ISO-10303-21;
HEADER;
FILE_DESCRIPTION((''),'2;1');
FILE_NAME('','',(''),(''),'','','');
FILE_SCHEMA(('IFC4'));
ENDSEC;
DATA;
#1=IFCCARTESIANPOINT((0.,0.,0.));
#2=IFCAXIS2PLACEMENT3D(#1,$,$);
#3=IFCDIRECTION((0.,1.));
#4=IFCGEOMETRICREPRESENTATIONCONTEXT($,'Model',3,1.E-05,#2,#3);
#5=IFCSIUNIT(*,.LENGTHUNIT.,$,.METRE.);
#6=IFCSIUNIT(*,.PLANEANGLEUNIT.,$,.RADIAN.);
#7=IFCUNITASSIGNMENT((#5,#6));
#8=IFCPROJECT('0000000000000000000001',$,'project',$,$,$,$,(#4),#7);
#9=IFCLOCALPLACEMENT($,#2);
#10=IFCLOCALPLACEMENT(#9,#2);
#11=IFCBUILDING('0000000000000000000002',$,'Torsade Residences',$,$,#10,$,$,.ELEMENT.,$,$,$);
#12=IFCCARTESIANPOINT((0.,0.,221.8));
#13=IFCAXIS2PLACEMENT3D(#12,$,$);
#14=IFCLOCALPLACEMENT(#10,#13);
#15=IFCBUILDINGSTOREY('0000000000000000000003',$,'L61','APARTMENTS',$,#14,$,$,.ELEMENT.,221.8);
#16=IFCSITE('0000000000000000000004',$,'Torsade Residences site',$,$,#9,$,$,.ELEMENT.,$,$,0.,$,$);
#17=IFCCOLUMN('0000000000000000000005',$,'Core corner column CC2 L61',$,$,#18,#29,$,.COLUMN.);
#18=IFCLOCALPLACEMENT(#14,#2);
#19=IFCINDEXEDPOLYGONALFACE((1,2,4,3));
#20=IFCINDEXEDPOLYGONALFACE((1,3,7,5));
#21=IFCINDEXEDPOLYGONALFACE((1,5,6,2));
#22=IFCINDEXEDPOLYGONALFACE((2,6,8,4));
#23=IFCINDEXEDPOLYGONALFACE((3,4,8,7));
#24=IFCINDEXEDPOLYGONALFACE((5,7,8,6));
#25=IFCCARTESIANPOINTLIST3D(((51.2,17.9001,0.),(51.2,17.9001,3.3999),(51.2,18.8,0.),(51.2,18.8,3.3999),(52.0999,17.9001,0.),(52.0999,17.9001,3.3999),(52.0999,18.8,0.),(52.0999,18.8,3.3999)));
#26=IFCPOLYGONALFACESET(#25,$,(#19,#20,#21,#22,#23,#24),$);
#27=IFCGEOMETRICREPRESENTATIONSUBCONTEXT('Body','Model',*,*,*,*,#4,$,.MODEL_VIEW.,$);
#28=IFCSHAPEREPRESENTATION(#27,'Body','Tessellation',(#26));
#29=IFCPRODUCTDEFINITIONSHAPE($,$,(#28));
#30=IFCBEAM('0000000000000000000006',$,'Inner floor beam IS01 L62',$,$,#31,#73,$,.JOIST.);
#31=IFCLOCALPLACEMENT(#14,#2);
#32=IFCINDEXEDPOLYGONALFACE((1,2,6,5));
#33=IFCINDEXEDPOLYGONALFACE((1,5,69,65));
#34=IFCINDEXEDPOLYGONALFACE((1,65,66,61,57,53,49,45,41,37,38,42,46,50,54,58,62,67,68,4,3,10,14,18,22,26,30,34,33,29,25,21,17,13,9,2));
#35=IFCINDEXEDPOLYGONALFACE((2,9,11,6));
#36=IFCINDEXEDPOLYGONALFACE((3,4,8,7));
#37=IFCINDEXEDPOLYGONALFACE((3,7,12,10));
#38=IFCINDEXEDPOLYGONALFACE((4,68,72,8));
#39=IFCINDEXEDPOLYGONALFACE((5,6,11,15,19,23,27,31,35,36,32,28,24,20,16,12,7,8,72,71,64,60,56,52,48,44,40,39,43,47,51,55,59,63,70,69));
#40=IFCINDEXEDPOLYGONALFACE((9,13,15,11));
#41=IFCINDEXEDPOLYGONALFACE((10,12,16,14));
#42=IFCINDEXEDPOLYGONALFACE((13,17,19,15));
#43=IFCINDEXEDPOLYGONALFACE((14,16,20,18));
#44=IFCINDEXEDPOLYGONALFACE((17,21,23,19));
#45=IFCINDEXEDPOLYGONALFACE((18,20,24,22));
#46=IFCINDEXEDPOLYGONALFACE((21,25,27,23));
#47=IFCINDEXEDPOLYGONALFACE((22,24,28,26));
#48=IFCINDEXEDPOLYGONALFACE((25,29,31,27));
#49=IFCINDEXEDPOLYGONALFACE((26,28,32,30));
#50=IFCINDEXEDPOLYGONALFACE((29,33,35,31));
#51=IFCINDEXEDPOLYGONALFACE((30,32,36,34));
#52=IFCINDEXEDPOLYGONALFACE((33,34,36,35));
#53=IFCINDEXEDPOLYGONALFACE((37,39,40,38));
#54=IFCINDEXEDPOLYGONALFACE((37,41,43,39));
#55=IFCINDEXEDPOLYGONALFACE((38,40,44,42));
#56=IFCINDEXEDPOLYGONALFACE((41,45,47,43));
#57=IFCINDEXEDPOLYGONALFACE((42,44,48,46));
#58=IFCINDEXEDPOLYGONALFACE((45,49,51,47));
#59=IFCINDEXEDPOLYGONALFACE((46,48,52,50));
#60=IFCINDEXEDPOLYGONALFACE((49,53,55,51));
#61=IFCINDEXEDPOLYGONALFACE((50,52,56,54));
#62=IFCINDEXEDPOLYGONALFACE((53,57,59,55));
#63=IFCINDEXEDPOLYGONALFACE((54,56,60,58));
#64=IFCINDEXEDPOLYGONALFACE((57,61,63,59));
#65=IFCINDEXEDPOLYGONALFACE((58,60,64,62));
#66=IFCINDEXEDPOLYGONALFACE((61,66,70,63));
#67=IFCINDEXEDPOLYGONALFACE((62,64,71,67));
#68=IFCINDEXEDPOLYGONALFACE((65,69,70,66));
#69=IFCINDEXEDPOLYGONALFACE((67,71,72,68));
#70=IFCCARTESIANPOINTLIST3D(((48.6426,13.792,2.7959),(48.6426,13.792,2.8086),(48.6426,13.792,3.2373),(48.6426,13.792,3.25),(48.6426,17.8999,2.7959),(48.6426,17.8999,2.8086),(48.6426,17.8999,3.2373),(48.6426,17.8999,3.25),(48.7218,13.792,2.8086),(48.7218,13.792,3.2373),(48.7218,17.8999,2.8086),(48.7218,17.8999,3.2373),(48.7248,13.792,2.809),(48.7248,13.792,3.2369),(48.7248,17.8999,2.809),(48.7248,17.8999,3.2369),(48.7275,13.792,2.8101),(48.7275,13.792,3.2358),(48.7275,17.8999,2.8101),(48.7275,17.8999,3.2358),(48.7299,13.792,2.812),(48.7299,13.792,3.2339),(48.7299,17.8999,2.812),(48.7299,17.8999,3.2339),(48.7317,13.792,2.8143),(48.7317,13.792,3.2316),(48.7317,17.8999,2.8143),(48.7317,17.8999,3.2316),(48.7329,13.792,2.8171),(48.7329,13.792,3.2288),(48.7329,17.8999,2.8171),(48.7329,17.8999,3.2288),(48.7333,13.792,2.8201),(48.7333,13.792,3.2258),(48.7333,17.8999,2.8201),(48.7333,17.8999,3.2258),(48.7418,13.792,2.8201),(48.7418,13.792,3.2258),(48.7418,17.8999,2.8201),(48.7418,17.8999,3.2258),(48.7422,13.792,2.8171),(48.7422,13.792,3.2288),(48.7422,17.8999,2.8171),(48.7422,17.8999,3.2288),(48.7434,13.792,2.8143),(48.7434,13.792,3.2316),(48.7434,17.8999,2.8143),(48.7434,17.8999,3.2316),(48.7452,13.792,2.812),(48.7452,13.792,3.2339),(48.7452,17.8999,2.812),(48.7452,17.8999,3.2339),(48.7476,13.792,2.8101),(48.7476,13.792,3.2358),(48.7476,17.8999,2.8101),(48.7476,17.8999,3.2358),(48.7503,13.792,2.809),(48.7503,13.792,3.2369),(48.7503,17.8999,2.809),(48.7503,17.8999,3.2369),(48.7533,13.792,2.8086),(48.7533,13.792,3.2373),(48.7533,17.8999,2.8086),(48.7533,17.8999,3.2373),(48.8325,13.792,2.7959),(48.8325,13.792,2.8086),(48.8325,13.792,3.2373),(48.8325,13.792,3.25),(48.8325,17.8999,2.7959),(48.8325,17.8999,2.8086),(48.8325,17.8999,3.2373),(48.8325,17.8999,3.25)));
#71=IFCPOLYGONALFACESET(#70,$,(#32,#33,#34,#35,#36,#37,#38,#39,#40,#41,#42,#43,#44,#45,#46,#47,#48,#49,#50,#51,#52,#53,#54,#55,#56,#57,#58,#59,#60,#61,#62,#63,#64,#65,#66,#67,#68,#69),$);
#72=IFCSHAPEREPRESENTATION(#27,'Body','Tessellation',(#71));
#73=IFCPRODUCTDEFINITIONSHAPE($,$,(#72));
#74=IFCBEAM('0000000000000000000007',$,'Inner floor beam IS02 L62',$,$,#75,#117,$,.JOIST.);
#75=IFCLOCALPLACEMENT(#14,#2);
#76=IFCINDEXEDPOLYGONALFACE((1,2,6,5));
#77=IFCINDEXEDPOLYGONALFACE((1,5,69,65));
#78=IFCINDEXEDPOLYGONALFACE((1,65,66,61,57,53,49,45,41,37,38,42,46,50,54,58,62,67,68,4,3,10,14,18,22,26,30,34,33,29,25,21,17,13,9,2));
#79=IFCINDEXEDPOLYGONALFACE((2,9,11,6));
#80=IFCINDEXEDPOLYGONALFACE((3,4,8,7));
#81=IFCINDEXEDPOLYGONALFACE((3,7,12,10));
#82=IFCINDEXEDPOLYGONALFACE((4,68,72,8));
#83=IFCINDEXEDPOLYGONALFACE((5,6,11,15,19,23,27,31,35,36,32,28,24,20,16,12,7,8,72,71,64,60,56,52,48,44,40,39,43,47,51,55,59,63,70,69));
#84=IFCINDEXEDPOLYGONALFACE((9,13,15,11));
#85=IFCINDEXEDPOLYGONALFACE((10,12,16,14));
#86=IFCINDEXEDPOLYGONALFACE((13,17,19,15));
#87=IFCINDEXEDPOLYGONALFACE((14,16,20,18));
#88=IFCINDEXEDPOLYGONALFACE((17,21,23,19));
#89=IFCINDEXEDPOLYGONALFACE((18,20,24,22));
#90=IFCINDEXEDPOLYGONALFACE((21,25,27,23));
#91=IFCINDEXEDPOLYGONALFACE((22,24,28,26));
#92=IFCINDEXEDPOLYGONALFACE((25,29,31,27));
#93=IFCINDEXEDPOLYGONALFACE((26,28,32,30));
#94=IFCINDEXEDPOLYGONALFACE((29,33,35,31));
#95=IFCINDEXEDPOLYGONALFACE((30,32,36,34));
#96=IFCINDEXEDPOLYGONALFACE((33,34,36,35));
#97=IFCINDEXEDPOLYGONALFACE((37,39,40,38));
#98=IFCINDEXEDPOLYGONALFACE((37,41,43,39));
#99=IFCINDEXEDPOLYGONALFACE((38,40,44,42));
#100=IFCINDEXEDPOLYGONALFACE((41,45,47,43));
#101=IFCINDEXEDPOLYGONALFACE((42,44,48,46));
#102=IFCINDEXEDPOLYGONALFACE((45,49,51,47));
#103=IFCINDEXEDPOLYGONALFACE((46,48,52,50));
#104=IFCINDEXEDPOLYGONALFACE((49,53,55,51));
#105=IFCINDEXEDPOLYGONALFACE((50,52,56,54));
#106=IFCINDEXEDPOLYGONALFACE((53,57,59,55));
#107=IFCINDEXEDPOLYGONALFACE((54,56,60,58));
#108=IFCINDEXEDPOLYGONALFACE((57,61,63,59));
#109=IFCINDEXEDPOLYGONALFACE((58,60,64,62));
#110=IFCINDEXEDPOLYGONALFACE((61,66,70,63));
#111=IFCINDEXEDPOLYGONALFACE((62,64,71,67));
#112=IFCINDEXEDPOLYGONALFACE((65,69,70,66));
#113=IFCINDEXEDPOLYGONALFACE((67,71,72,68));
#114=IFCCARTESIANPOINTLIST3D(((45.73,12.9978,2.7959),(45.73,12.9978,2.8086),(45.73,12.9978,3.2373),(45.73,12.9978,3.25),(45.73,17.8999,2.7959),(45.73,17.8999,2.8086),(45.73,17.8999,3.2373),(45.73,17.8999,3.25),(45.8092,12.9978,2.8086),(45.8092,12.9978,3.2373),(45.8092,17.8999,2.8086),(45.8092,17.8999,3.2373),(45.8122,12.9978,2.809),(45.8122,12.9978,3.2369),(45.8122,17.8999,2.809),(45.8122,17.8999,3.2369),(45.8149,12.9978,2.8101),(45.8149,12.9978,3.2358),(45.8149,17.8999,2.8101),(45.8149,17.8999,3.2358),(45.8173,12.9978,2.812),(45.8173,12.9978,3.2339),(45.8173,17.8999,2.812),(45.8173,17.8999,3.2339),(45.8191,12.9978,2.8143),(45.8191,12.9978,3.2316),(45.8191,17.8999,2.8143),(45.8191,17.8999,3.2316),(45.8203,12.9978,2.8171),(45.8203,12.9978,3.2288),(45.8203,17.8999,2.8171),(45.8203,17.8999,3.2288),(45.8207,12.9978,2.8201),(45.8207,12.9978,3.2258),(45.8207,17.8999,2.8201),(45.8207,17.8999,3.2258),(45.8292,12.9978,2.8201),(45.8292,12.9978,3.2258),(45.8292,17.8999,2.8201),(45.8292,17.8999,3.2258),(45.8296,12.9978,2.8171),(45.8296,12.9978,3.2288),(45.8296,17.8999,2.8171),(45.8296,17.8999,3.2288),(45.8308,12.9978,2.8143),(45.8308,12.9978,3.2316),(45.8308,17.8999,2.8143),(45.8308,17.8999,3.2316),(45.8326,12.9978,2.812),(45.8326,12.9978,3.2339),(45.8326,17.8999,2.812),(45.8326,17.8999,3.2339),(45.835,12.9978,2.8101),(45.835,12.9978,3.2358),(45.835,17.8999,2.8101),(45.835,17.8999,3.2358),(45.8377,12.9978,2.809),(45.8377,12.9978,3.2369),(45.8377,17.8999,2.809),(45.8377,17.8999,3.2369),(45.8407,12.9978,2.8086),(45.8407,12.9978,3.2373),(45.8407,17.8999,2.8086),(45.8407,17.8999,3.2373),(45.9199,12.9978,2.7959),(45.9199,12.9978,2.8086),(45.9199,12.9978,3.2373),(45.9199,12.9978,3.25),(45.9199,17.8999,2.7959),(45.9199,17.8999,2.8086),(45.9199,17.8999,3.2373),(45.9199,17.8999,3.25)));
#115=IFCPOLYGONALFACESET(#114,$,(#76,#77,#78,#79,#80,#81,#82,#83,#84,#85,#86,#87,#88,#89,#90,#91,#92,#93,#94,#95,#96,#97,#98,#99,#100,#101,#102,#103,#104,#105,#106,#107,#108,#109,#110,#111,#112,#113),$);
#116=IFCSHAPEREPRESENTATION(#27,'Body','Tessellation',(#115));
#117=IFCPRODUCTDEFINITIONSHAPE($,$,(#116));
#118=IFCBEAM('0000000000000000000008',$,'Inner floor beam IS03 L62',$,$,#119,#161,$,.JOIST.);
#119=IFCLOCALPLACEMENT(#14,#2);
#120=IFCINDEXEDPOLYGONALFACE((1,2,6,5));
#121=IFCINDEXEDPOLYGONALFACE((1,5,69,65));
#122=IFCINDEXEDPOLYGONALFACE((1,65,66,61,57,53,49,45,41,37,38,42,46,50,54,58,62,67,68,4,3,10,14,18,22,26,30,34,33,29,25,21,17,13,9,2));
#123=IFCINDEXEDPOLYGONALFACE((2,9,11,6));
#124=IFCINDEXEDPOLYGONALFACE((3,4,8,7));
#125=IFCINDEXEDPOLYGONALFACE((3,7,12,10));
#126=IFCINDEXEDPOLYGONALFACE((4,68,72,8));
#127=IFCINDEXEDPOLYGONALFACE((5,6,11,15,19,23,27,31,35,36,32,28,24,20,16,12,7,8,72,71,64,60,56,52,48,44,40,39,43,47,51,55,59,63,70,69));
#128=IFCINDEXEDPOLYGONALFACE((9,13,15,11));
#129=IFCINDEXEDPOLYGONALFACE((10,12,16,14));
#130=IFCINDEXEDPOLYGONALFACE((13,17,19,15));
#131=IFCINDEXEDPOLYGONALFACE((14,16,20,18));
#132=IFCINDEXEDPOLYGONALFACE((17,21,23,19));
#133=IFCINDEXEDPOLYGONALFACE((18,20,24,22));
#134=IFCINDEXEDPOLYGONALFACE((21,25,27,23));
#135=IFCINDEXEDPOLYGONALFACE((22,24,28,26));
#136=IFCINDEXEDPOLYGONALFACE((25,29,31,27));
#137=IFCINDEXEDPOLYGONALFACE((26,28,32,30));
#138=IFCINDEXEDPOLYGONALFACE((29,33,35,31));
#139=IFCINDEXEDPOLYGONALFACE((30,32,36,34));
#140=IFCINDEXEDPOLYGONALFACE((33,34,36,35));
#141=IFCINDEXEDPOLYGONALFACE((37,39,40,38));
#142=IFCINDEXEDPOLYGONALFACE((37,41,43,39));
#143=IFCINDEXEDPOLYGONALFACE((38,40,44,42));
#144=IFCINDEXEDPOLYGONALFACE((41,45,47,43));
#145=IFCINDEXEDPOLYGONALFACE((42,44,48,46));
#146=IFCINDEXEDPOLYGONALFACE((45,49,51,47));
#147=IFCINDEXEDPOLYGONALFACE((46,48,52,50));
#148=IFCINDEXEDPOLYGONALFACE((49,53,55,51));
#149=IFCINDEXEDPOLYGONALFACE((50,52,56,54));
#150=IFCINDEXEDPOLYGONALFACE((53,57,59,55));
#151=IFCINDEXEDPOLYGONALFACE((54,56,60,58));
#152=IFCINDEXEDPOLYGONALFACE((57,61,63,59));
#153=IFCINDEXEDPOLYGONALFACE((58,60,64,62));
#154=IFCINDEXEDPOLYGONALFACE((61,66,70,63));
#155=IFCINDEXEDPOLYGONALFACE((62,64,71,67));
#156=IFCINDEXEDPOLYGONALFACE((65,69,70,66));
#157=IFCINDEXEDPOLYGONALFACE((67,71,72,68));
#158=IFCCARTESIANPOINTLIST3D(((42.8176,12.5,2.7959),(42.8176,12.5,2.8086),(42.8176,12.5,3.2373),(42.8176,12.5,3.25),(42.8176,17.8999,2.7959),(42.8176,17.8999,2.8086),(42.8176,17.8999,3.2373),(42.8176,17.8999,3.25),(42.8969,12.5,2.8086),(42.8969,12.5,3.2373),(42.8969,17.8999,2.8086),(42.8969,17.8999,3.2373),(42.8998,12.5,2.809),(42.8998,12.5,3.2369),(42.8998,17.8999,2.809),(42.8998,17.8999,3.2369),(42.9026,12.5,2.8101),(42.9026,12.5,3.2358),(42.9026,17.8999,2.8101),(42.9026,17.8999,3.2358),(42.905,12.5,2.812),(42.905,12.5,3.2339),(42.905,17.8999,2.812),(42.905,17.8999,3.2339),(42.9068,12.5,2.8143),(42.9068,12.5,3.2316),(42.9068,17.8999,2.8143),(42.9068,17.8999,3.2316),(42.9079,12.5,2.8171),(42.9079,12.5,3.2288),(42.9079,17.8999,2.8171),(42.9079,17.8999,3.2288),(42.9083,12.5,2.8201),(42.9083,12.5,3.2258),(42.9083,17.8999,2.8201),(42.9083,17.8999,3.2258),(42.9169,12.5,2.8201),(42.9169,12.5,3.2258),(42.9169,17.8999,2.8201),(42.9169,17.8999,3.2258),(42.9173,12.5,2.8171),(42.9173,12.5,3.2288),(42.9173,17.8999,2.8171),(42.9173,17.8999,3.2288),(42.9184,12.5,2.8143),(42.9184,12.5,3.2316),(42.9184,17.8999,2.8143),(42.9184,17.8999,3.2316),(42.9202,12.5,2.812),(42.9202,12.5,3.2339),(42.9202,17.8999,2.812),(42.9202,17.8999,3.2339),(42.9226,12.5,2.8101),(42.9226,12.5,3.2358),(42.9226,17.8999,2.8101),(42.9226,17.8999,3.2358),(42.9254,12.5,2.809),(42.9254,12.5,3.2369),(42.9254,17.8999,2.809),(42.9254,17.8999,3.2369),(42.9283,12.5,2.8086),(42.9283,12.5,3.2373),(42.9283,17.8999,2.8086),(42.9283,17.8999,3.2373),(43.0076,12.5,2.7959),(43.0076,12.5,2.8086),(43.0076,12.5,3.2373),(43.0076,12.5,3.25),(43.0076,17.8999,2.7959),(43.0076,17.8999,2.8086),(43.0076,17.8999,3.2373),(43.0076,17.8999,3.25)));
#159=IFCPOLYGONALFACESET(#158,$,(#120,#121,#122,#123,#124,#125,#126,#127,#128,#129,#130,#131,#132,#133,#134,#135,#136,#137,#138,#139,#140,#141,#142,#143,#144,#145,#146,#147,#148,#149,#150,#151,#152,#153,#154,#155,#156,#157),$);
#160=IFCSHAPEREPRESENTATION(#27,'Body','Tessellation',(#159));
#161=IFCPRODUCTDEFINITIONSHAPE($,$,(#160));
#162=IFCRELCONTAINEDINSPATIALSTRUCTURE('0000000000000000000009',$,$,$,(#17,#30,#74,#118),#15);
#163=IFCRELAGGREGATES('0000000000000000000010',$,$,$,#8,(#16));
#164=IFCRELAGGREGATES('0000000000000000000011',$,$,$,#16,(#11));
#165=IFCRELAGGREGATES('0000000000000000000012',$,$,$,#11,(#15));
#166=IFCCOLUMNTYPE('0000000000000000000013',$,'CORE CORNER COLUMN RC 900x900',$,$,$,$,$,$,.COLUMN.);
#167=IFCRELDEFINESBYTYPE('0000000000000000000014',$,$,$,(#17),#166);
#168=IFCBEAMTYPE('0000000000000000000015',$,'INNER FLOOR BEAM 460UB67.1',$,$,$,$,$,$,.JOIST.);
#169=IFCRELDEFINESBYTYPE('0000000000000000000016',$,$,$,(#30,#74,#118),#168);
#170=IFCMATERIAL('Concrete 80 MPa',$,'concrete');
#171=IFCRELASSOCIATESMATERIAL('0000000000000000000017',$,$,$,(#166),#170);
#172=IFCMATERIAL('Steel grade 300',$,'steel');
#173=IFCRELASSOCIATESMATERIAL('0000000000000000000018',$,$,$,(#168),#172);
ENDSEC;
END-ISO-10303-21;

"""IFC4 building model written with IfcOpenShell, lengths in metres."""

from ifc_helpers import new_model, si_unit, direction, frame, origin, origin_2d, place, context, subcontext, project, spatial, rectangle, i_section, extrude, material, material_profile, profile_set, type_object, element, save


model = new_model("IFC4")

# Units and contexts
model_context = context("Model", 3, precision=1e-05, world=origin(), true_north=direction((0.0, 1.0)))
body_context = subcontext(model_context, "Body", "Model", "MODEL_VIEW")
ifc_project = project(units=[si_unit("LENGTHUNIT", "METRE"), si_unit("PLANEANGLEUNIT", "RADIAN")], contexts=[model_context])

# Site, building, storey
site_placement = place(None, origin())
site = spatial("IfcSite", under=ifc_project, at=site_placement, Name="Torsade Residences site", CompositionType="ELEMENT", RefElevation=0.0)
building_placement = place(site_placement, origin())
building = spatial("IfcBuilding", under=site, at=building_placement, Name="Torsade Residences", CompositionType="ELEMENT")
storey_placement = place(building_placement, frame((0.0, 0.0, 221.8)))
storey = spatial("IfcBuildingStorey", under=building, at=storey_placement, Name="L61", Description="APARTMENTS", CompositionType="ELEMENT", Elevation=221.8)

# Column
ifc_material_1 = material(Name="Concrete 80 MPa", Category="concrete")
ifc_material_profile_1 = material_profile(ifc_material_1, rectangle(XDim=0.8999, YDim=0.8999, at=origin_2d()), Name="RC 900x900")
ifc_profile_set_1 = profile_set([ifc_material_profile_1], Name="Concrete 80 MPa")
column_type = type_object("IfcColumnType", Name="CORE CORNER COLUMN RC 900x900", PredefinedType="COLUMN", material=ifc_profile_set_1)
column_placement = place(storey_placement, frame((51.6499, 18.3501, 0.0), z_axis=(0.0, 0.0, 1.0), x_axis=(1.0, 0.0, 0.0)))
element("IfcColumn", 1, at=column_placement, inside=storey, type_object=column_type, Name="Core corner column CC2 L61", PredefinedType="COLUMN", context=body_context, shape_type="SweptSolid", body=[
    extrude(rectangle(XDim=0.8999, YDim=0.8999, at=origin_2d()), origin(), (0.0, 0.0, 1.0), 3.3999),
])

# Beams
ifc_material_2 = material(Name="Steel grade 300", Category="steel")
ifc_material_profile_2 = material_profile(ifc_material_2, i_section(OverallWidth=0.1899, OverallDepth=0.4541, WebThickness=0.0085, FlangeThickness=0.0127, FilletRadius=0.0115, at=origin_2d()), Name="460UB67.1")
ifc_profile_set_2 = profile_set([ifc_material_profile_2], Name="Steel grade 300")
beam_type_1 = type_object("IfcBeamType", Name="INNER FLOOR BEAM 460UB67.1", PredefinedType="JOIST", material=ifc_profile_set_2)
beam_1_placement = place(storey_placement, frame((48.7375, 17.8999, 3.0229), z_axis=(0.0, -1.0, 0.0), x_axis=(1.0, 0.0, 0.0)))
element("IfcBeam", 2, at=beam_1_placement, inside=storey, type_object=beam_type_1, Name="Inner floor beam IS01 L62", PredefinedType="JOIST", context=body_context, shape_type="SweptSolid", body=[
    extrude(i_section(OverallWidth=0.1899, OverallDepth=0.4541, WebThickness=0.0085, FlangeThickness=0.0127, FilletRadius=0.0115, at=origin_2d()), origin(), (0.0, 0.0, 1.0), 4.1079),
])
beam_2_placement = place(storey_placement, frame((45.825, 17.8999, 3.0229), z_axis=(0.0, -1.0, 0.0), x_axis=(1.0, 0.0, 0.0)))
element("IfcBeam", 3, at=beam_2_placement, inside=storey, type_object=beam_type_1, Name="Inner floor beam IS02 L62", PredefinedType="JOIST", context=body_context, shape_type="SweptSolid", body=[
    extrude(i_section(OverallWidth=0.1899, OverallDepth=0.4541, WebThickness=0.0085, FlangeThickness=0.0127, FilletRadius=0.0115, at=origin_2d()), origin(), (0.0, 0.0, 1.0), 4.9021),
])
for number, where, z_axis, x_axis, name in (
    (4, (42.9126, 17.8999, 3.0229), (0.0, -1.0, 0.0), (1.0, 0.0, 0.0), "Inner floor beam IS03 L62"),
):
    element("IfcBeam", number, at=place(storey_placement, frame(where, z_axis=z_axis, x_axis=x_axis)), inside=storey, type_object=beam_type_1, Name=name, PredefinedType="JOIST", context=body_context, shape_type="SweptSolid", body=[
        extrude(i_section(OverallWidth=0.1899, OverallDepth=0.4541, WebThickness=0.0085, FlangeThickness=0.0127, FilletRadius=0.0115, at=origin_2d()), origin(), (0.0, 0.0, 1.0), 5.3999),
    ])

save(model, "model.ifc")
